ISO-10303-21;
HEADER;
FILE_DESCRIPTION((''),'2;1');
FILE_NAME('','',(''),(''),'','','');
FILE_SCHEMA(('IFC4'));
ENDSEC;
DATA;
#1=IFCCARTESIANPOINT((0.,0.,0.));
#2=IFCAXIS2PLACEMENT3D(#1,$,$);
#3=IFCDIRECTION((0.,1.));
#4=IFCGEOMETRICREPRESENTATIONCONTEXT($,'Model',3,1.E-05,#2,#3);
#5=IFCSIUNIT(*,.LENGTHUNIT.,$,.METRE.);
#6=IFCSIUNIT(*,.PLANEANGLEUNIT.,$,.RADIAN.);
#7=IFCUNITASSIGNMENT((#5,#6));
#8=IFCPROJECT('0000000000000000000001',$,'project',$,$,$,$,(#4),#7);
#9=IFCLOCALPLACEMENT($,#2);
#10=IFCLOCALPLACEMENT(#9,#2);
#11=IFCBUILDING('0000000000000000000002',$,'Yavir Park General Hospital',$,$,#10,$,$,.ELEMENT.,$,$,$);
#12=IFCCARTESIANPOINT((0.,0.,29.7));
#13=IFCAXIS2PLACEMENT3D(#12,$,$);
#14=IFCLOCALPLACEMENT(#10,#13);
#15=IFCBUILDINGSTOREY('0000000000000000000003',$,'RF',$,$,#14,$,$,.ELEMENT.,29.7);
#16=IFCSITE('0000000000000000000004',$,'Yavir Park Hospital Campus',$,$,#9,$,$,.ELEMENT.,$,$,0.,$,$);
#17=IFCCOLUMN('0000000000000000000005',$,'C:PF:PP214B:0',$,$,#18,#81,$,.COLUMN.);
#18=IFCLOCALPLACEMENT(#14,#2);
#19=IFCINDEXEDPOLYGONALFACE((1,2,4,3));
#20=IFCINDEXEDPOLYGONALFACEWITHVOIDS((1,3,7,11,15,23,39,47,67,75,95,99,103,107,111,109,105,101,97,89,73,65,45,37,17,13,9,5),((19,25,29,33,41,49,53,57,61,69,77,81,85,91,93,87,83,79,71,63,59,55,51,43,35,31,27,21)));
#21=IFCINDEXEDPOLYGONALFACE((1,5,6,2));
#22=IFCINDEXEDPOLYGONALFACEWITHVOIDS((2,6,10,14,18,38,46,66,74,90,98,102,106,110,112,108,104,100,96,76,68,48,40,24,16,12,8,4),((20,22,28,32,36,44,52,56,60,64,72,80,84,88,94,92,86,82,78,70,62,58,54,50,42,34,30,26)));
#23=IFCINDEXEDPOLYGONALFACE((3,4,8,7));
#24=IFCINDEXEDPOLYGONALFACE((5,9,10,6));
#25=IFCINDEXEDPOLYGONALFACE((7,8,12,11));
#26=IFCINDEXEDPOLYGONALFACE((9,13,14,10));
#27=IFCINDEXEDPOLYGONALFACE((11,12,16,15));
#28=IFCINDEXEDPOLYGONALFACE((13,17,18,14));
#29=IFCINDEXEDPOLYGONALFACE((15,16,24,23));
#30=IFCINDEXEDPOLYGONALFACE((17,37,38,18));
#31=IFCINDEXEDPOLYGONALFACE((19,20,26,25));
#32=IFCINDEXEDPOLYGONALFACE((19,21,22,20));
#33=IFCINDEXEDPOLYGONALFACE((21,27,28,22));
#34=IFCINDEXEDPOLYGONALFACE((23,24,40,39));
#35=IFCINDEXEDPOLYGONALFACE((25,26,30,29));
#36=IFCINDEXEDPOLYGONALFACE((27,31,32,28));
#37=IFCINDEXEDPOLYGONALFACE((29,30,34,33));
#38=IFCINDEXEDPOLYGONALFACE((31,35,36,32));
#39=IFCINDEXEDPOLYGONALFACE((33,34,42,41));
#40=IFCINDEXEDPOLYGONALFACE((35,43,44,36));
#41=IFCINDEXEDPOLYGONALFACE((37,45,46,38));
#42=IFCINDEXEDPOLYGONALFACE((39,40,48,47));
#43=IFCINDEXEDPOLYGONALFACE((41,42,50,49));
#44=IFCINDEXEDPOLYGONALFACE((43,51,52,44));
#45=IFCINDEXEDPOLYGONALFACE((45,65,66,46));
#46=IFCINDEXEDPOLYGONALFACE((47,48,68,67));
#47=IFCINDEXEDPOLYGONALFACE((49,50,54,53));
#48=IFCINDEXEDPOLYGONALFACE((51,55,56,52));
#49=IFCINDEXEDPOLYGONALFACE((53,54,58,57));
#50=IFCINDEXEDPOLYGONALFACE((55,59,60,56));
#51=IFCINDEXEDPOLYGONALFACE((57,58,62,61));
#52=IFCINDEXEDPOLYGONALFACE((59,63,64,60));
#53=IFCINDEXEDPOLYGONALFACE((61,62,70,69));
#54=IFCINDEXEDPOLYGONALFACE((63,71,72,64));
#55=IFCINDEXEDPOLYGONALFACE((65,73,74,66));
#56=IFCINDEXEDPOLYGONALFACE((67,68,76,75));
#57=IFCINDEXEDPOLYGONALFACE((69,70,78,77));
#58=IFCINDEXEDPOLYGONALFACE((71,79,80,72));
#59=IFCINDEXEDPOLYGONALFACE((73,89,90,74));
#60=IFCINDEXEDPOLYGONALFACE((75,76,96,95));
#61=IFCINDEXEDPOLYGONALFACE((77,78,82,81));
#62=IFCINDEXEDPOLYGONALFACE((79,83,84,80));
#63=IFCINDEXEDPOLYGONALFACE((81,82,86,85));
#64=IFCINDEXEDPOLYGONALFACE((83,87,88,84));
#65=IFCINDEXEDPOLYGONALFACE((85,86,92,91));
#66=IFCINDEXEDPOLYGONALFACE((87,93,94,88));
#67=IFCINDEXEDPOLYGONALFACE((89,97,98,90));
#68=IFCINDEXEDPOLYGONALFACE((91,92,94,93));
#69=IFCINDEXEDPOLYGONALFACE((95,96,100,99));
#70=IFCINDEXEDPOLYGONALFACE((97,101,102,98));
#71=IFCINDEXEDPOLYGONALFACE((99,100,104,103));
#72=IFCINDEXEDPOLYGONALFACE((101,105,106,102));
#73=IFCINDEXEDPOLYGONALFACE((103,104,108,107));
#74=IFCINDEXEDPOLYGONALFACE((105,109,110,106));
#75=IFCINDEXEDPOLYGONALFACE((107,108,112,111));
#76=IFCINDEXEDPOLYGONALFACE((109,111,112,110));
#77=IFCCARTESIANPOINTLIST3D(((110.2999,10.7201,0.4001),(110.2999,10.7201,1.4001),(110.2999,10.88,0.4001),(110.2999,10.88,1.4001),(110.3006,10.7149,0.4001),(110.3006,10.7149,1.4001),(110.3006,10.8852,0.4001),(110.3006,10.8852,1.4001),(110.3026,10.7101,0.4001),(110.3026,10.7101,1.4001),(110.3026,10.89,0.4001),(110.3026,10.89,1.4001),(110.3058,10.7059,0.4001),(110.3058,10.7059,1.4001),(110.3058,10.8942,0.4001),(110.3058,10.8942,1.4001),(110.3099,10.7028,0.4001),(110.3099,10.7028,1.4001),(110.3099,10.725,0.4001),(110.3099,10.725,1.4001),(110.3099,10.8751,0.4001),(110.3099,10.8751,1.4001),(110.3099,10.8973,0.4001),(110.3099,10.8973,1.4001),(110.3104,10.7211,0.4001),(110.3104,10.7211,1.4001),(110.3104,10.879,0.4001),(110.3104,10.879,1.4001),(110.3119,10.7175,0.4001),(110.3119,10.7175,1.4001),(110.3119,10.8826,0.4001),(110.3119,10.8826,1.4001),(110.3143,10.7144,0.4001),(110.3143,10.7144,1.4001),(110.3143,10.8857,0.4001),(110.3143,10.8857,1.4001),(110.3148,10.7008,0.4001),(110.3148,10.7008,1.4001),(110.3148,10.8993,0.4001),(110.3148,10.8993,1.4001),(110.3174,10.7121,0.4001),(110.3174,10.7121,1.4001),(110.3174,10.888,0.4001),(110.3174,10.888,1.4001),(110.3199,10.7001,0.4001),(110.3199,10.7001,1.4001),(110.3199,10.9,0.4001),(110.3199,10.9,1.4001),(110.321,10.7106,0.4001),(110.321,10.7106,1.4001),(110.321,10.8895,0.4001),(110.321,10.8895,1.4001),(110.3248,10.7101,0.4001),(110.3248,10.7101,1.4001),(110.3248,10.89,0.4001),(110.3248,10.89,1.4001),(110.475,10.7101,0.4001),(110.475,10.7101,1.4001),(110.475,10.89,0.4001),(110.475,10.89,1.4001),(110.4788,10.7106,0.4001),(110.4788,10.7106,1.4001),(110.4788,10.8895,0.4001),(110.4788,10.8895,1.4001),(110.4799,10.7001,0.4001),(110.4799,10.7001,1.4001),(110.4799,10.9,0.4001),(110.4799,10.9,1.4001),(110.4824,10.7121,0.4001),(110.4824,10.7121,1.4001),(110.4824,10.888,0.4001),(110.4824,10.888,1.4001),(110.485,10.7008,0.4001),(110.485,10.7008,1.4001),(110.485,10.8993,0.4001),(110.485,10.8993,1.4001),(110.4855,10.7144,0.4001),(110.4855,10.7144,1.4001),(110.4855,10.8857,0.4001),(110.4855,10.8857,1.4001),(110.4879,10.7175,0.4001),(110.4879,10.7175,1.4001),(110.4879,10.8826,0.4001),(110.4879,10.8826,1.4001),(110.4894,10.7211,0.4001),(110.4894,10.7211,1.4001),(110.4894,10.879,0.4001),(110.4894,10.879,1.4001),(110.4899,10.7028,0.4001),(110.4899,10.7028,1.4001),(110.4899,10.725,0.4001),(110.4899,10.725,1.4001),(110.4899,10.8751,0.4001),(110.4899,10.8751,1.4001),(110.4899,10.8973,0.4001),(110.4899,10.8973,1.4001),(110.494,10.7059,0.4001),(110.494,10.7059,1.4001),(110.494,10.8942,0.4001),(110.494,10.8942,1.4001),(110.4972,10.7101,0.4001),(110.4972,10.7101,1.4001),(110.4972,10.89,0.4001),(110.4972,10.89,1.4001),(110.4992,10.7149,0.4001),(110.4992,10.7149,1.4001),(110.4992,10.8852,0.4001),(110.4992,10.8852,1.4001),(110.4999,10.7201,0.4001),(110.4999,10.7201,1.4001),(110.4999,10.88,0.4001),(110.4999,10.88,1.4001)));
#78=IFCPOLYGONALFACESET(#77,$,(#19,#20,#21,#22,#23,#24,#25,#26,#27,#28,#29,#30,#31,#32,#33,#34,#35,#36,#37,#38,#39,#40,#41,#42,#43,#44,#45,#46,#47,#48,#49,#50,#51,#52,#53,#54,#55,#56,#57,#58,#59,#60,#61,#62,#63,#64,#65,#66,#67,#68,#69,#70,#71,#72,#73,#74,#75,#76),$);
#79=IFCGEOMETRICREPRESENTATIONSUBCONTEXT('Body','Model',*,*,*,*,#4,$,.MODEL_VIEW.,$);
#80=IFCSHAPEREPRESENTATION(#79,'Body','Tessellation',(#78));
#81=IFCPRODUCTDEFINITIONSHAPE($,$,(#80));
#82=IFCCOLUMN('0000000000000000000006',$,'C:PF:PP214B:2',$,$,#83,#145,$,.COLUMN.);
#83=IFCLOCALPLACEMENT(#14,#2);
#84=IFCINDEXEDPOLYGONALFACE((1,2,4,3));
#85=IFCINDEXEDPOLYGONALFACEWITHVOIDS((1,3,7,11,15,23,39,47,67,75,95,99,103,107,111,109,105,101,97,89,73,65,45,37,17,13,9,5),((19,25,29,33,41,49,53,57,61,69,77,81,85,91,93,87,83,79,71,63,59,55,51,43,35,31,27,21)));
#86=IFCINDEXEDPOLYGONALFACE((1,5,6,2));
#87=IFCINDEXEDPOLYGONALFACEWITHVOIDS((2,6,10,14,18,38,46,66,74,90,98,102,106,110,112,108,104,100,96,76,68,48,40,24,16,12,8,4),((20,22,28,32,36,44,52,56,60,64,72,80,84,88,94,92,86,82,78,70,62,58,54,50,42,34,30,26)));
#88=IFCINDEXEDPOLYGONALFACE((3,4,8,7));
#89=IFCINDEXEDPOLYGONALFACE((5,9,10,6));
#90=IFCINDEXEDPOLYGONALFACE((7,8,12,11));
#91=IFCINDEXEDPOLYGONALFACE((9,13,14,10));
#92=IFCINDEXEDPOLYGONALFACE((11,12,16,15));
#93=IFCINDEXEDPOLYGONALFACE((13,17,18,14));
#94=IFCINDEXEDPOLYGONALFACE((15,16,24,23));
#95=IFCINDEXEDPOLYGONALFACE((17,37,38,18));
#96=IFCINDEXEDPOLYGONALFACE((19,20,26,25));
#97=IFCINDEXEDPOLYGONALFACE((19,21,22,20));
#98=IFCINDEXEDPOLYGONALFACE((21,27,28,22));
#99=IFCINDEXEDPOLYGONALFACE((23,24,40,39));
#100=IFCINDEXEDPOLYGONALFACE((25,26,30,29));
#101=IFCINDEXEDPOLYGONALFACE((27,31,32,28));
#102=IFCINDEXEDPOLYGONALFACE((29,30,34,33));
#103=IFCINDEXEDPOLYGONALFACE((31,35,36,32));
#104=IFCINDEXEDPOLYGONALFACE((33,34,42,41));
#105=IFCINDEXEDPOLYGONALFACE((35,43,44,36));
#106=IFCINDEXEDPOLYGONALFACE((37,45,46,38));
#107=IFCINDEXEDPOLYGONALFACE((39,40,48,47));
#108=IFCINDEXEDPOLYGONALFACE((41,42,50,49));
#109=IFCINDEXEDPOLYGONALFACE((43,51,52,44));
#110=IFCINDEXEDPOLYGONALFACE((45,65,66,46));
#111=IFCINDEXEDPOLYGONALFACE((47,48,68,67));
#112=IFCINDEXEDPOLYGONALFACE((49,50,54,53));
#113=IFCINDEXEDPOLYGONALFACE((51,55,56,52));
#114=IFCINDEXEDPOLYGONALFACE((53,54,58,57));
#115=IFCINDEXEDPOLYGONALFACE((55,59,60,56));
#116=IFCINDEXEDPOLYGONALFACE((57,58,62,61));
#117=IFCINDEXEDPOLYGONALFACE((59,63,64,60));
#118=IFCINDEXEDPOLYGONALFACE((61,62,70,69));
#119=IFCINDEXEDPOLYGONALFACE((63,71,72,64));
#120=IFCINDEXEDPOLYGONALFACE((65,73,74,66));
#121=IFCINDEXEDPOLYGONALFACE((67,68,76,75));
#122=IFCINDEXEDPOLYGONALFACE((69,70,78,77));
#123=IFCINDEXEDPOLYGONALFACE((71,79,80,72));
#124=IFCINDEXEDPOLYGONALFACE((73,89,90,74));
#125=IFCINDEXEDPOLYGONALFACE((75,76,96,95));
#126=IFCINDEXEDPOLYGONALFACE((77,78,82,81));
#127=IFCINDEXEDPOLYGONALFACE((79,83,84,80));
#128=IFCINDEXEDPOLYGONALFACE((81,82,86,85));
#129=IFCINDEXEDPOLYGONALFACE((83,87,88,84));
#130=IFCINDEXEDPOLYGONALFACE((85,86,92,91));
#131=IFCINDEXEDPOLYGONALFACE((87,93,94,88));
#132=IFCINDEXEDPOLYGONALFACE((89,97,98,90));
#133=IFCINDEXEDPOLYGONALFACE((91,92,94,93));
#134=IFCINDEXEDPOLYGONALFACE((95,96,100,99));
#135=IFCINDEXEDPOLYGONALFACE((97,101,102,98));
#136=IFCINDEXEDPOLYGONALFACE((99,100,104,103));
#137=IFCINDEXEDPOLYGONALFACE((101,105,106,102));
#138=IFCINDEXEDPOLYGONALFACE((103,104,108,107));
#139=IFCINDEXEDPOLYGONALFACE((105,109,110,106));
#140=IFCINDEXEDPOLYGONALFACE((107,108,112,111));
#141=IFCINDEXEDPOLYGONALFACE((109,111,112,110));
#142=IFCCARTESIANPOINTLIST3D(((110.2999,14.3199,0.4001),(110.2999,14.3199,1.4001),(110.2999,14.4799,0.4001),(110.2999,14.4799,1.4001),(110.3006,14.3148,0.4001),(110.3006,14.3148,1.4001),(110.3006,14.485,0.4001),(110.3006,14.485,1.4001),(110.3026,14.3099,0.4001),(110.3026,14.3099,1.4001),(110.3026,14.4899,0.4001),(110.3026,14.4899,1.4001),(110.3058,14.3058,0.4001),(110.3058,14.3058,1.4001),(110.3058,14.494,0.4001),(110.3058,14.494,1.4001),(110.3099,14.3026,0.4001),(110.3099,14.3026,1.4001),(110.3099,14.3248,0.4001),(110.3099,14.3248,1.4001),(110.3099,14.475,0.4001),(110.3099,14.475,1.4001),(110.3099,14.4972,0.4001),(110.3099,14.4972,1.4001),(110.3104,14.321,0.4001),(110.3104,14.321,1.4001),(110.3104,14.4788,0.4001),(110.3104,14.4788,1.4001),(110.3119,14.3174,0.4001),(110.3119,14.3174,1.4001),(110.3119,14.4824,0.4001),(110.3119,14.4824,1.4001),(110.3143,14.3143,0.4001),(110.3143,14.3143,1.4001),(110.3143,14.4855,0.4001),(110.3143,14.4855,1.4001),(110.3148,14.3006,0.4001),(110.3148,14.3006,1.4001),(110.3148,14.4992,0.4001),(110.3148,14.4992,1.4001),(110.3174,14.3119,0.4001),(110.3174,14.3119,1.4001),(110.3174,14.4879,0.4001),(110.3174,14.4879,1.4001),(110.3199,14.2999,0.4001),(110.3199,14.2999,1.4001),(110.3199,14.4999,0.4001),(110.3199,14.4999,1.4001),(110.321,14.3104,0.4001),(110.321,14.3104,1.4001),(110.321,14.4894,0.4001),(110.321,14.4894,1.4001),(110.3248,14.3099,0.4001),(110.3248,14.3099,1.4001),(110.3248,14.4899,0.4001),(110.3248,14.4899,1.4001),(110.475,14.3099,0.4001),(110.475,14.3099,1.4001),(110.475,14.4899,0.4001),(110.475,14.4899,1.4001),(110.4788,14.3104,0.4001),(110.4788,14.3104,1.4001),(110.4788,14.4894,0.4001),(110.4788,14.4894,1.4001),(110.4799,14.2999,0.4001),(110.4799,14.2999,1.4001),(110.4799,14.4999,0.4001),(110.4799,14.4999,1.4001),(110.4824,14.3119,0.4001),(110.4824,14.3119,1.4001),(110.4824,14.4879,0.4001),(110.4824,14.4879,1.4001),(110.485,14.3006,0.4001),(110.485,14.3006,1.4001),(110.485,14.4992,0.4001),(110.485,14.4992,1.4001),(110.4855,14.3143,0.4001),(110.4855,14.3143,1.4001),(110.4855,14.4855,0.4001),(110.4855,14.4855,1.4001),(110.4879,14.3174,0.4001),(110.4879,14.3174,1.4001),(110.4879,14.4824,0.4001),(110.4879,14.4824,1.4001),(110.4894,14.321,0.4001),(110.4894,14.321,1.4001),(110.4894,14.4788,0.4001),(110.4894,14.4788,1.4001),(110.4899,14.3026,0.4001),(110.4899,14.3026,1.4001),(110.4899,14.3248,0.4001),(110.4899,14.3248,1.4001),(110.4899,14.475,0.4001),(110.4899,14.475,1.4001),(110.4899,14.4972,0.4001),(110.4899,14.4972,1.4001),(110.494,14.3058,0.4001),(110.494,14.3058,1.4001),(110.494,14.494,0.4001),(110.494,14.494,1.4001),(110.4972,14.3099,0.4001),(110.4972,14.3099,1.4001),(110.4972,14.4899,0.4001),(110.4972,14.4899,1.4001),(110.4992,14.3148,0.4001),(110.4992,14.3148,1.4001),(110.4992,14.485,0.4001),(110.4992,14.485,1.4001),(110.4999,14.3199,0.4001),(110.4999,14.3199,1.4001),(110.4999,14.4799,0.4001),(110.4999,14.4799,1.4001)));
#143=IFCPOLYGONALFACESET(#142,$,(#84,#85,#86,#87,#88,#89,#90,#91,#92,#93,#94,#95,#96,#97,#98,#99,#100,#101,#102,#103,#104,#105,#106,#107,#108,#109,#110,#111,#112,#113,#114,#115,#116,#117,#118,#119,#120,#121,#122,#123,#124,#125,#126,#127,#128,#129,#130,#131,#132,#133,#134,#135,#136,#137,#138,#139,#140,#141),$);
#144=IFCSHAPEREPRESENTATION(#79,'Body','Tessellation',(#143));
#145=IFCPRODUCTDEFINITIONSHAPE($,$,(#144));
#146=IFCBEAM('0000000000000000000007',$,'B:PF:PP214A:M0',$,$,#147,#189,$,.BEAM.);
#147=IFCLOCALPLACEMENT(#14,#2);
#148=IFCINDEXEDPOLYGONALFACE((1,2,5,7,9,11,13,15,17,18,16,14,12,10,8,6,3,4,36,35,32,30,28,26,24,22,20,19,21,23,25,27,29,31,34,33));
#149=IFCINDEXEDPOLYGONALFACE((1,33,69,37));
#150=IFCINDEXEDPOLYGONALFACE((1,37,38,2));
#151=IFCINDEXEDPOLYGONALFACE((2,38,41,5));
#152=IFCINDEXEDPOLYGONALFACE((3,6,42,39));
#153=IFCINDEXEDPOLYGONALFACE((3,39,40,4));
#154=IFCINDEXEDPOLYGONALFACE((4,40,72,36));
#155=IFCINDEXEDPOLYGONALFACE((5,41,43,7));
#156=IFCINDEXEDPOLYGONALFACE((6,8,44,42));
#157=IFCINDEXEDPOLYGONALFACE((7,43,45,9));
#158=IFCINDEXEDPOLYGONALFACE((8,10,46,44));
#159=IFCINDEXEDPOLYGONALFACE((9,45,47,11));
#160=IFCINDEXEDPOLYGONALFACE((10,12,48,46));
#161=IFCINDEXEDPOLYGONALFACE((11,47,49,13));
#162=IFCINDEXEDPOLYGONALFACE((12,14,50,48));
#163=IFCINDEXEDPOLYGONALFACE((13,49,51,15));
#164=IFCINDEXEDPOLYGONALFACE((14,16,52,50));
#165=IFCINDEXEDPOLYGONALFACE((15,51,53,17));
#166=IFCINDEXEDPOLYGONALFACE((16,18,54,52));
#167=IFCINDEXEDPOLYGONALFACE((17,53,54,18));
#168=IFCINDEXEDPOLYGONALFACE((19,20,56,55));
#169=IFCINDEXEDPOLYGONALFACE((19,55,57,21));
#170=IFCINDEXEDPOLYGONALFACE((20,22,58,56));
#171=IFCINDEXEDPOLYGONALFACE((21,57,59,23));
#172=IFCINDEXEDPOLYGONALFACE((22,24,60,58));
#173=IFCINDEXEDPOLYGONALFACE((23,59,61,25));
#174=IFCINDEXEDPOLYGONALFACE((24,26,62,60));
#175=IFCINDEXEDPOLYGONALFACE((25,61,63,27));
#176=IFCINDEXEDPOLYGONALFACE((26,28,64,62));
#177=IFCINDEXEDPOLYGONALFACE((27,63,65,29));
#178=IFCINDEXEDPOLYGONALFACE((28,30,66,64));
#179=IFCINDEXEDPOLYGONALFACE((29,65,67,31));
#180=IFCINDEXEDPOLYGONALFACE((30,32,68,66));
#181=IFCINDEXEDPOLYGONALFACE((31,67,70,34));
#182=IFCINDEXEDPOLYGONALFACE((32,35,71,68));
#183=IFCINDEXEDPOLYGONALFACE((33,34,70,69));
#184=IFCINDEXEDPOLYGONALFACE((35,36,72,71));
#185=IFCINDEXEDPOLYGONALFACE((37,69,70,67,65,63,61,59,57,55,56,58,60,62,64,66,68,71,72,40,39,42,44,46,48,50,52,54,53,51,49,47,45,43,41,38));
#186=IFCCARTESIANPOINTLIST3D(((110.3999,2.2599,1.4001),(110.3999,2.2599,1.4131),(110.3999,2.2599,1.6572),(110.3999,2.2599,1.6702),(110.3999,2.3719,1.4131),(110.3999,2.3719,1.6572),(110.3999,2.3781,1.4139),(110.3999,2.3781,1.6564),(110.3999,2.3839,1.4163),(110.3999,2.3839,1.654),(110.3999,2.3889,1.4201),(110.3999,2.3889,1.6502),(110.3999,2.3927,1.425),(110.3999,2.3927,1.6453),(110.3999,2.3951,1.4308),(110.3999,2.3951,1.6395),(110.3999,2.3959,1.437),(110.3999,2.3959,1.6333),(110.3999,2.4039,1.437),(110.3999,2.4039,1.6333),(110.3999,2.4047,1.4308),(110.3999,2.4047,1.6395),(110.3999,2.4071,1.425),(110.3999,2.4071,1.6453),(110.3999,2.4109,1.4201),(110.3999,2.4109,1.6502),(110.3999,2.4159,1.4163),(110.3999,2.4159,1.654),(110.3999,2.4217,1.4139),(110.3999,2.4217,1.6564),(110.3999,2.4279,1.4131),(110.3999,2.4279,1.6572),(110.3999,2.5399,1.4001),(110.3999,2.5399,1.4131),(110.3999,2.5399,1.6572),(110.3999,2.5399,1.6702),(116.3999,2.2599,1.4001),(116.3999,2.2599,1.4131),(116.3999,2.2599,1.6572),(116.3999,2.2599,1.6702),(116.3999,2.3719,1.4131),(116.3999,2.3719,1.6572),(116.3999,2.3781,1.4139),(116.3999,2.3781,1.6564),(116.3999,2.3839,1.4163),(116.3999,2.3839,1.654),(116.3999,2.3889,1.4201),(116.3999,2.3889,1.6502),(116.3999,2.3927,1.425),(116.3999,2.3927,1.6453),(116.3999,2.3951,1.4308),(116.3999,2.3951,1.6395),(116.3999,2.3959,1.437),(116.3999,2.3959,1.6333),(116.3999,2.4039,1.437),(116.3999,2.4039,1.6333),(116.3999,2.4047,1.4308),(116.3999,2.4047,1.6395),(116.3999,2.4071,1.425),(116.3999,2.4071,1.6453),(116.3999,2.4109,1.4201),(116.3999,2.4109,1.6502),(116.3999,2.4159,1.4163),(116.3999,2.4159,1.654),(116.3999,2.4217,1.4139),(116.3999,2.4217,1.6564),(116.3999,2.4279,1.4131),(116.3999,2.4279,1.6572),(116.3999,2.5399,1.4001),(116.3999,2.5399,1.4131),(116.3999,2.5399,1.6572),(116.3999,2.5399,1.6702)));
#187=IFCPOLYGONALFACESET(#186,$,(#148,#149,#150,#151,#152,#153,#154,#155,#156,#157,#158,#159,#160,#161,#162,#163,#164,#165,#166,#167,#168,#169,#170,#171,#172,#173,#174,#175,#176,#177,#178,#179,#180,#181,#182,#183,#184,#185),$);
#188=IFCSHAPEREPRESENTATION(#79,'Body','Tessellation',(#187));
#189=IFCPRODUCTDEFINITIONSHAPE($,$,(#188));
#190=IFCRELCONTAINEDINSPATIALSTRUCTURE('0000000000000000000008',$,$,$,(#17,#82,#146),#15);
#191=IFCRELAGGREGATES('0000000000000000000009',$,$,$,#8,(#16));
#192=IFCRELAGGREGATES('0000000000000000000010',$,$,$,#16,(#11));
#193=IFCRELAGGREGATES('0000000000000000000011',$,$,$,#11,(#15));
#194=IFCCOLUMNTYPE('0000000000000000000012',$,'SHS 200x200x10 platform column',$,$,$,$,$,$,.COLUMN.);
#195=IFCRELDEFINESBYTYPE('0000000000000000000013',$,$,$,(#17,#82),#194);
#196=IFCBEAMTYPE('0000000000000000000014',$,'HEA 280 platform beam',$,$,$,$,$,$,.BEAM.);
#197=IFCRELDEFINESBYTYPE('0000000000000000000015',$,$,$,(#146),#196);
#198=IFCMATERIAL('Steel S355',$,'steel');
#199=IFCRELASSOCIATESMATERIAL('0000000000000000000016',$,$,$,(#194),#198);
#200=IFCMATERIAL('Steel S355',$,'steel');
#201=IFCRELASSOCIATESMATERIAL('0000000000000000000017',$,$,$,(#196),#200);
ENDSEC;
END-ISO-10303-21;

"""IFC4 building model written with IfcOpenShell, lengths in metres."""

from ifc_helpers import new_model, si_unit, direction, frame, origin, origin_2d, place, context, subcontext, project, spatial, hollow_rectangle, i_section, extrude, material, material_profile, profile_set, type_object, element, save


model = new_model("IFC4")

# Units and contexts
model_context = context("Model", 3, precision=1e-05, world=origin(), true_north=direction((0.0, 1.0)))
body_context = subcontext(model_context, "Body", "Model", "MODEL_VIEW")
ifc_project = project(units=[si_unit("LENGTHUNIT", "METRE"), si_unit("PLANEANGLEUNIT", "RADIAN")], contexts=[model_context])

# Site, building, storey
site_placement = place(None, origin())
site = spatial("IfcSite", under=ifc_project, at=site_placement, Name="Yavir Park Hospital Campus", CompositionType="ELEMENT", RefElevation=0.0)
building_placement = place(site_placement, origin())
building = spatial("IfcBuilding", under=site, at=building_placement, Name="Yavir Park General Hospital", CompositionType="ELEMENT")
storey_placement = place(building_placement, frame((0.0, 0.0, 29.7)))
storey = spatial("IfcBuildingStorey", under=building, at=storey_placement, Name="RF", CompositionType="ELEMENT", Elevation=29.7)

# Columns
ifc_material_1 = material(Name="Steel S355", Category="steel")
ifc_material_profile_1 = material_profile(ifc_material_1, hollow_rectangle(XDim=0.2, YDim=0.2, WallThickness=0.01, InnerFilletRadius=0.0149, OuterFilletRadius=0.02, at=origin_2d()), Name="SHS200x200x10")
ifc_profile_set_1 = profile_set([ifc_material_profile_1], Name="Steel S355")
column_type_1 = type_object("IfcColumnType", Name="SHS 200x200x10 platform column", PredefinedType="COLUMN", material=ifc_profile_set_1)
for number, where, z_axis, x_axis, name in (
    (1, (110.3999, 10.8, 0.4001), (0.0, 0.0, 1.0), (1.0, 0.0, 0.0), "C:PF:PP214B:0"),
    (2, (110.3999, 14.3999, 0.4001), (0.0, 0.0, 1.0), (1.0, 0.0, 0.0), "C:PF:PP214B:2"),
):
    element("IfcColumn", number, at=place(storey_placement, frame(where, z_axis=z_axis, x_axis=x_axis)), inside=storey, type_object=column_type_1, Name=name, PredefinedType="COLUMN", context=body_context, shape_type="SweptSolid", body=[
        extrude(hollow_rectangle(XDim=0.2, YDim=0.2, WallThickness=0.01, InnerFilletRadius=0.0149, OuterFilletRadius=0.02, at=origin_2d()), origin(), (0.0, 0.0, 1.0), 1.0),
    ])

# Beam
ifc_material_2 = material(Name="Steel S355", Category="steel")
ifc_material_profile_2 = material_profile(ifc_material_2, i_section(OverallWidth=0.28, OverallDepth=0.27, WebThickness=0.0081, FlangeThickness=0.0129, FilletRadius=0.0239, at=origin_2d()), Name="HEA280")
ifc_profile_set_2 = profile_set([ifc_material_profile_2], Name="Steel S355")
beam_type_1 = type_object("IfcBeamType", Name="HEA 280 platform beam", PredefinedType="BEAM", material=ifc_profile_set_2)
for number, where, z_axis, x_axis, name in (
    (3, (110.3999, 2.3999, 1.5352), (1.0, 0.0, 0.0), (0.0, 1.0, 0.0), "B:PF:PP214A:M0"),
):
    element("IfcBeam", number, at=place(storey_placement, frame(where, z_axis=z_axis, x_axis=x_axis)), inside=storey, type_object=beam_type_1, Name=name, PredefinedType="BEAM", context=body_context, shape_type="SweptSolid", body=[
        extrude(i_section(OverallWidth=0.28, OverallDepth=0.27, WebThickness=0.0081, FlangeThickness=0.0129, FilletRadius=0.0239, at=origin_2d()), origin(), (0.0, 0.0, 1.0), 6.0),
    ])

save(model, "model.ifc")
